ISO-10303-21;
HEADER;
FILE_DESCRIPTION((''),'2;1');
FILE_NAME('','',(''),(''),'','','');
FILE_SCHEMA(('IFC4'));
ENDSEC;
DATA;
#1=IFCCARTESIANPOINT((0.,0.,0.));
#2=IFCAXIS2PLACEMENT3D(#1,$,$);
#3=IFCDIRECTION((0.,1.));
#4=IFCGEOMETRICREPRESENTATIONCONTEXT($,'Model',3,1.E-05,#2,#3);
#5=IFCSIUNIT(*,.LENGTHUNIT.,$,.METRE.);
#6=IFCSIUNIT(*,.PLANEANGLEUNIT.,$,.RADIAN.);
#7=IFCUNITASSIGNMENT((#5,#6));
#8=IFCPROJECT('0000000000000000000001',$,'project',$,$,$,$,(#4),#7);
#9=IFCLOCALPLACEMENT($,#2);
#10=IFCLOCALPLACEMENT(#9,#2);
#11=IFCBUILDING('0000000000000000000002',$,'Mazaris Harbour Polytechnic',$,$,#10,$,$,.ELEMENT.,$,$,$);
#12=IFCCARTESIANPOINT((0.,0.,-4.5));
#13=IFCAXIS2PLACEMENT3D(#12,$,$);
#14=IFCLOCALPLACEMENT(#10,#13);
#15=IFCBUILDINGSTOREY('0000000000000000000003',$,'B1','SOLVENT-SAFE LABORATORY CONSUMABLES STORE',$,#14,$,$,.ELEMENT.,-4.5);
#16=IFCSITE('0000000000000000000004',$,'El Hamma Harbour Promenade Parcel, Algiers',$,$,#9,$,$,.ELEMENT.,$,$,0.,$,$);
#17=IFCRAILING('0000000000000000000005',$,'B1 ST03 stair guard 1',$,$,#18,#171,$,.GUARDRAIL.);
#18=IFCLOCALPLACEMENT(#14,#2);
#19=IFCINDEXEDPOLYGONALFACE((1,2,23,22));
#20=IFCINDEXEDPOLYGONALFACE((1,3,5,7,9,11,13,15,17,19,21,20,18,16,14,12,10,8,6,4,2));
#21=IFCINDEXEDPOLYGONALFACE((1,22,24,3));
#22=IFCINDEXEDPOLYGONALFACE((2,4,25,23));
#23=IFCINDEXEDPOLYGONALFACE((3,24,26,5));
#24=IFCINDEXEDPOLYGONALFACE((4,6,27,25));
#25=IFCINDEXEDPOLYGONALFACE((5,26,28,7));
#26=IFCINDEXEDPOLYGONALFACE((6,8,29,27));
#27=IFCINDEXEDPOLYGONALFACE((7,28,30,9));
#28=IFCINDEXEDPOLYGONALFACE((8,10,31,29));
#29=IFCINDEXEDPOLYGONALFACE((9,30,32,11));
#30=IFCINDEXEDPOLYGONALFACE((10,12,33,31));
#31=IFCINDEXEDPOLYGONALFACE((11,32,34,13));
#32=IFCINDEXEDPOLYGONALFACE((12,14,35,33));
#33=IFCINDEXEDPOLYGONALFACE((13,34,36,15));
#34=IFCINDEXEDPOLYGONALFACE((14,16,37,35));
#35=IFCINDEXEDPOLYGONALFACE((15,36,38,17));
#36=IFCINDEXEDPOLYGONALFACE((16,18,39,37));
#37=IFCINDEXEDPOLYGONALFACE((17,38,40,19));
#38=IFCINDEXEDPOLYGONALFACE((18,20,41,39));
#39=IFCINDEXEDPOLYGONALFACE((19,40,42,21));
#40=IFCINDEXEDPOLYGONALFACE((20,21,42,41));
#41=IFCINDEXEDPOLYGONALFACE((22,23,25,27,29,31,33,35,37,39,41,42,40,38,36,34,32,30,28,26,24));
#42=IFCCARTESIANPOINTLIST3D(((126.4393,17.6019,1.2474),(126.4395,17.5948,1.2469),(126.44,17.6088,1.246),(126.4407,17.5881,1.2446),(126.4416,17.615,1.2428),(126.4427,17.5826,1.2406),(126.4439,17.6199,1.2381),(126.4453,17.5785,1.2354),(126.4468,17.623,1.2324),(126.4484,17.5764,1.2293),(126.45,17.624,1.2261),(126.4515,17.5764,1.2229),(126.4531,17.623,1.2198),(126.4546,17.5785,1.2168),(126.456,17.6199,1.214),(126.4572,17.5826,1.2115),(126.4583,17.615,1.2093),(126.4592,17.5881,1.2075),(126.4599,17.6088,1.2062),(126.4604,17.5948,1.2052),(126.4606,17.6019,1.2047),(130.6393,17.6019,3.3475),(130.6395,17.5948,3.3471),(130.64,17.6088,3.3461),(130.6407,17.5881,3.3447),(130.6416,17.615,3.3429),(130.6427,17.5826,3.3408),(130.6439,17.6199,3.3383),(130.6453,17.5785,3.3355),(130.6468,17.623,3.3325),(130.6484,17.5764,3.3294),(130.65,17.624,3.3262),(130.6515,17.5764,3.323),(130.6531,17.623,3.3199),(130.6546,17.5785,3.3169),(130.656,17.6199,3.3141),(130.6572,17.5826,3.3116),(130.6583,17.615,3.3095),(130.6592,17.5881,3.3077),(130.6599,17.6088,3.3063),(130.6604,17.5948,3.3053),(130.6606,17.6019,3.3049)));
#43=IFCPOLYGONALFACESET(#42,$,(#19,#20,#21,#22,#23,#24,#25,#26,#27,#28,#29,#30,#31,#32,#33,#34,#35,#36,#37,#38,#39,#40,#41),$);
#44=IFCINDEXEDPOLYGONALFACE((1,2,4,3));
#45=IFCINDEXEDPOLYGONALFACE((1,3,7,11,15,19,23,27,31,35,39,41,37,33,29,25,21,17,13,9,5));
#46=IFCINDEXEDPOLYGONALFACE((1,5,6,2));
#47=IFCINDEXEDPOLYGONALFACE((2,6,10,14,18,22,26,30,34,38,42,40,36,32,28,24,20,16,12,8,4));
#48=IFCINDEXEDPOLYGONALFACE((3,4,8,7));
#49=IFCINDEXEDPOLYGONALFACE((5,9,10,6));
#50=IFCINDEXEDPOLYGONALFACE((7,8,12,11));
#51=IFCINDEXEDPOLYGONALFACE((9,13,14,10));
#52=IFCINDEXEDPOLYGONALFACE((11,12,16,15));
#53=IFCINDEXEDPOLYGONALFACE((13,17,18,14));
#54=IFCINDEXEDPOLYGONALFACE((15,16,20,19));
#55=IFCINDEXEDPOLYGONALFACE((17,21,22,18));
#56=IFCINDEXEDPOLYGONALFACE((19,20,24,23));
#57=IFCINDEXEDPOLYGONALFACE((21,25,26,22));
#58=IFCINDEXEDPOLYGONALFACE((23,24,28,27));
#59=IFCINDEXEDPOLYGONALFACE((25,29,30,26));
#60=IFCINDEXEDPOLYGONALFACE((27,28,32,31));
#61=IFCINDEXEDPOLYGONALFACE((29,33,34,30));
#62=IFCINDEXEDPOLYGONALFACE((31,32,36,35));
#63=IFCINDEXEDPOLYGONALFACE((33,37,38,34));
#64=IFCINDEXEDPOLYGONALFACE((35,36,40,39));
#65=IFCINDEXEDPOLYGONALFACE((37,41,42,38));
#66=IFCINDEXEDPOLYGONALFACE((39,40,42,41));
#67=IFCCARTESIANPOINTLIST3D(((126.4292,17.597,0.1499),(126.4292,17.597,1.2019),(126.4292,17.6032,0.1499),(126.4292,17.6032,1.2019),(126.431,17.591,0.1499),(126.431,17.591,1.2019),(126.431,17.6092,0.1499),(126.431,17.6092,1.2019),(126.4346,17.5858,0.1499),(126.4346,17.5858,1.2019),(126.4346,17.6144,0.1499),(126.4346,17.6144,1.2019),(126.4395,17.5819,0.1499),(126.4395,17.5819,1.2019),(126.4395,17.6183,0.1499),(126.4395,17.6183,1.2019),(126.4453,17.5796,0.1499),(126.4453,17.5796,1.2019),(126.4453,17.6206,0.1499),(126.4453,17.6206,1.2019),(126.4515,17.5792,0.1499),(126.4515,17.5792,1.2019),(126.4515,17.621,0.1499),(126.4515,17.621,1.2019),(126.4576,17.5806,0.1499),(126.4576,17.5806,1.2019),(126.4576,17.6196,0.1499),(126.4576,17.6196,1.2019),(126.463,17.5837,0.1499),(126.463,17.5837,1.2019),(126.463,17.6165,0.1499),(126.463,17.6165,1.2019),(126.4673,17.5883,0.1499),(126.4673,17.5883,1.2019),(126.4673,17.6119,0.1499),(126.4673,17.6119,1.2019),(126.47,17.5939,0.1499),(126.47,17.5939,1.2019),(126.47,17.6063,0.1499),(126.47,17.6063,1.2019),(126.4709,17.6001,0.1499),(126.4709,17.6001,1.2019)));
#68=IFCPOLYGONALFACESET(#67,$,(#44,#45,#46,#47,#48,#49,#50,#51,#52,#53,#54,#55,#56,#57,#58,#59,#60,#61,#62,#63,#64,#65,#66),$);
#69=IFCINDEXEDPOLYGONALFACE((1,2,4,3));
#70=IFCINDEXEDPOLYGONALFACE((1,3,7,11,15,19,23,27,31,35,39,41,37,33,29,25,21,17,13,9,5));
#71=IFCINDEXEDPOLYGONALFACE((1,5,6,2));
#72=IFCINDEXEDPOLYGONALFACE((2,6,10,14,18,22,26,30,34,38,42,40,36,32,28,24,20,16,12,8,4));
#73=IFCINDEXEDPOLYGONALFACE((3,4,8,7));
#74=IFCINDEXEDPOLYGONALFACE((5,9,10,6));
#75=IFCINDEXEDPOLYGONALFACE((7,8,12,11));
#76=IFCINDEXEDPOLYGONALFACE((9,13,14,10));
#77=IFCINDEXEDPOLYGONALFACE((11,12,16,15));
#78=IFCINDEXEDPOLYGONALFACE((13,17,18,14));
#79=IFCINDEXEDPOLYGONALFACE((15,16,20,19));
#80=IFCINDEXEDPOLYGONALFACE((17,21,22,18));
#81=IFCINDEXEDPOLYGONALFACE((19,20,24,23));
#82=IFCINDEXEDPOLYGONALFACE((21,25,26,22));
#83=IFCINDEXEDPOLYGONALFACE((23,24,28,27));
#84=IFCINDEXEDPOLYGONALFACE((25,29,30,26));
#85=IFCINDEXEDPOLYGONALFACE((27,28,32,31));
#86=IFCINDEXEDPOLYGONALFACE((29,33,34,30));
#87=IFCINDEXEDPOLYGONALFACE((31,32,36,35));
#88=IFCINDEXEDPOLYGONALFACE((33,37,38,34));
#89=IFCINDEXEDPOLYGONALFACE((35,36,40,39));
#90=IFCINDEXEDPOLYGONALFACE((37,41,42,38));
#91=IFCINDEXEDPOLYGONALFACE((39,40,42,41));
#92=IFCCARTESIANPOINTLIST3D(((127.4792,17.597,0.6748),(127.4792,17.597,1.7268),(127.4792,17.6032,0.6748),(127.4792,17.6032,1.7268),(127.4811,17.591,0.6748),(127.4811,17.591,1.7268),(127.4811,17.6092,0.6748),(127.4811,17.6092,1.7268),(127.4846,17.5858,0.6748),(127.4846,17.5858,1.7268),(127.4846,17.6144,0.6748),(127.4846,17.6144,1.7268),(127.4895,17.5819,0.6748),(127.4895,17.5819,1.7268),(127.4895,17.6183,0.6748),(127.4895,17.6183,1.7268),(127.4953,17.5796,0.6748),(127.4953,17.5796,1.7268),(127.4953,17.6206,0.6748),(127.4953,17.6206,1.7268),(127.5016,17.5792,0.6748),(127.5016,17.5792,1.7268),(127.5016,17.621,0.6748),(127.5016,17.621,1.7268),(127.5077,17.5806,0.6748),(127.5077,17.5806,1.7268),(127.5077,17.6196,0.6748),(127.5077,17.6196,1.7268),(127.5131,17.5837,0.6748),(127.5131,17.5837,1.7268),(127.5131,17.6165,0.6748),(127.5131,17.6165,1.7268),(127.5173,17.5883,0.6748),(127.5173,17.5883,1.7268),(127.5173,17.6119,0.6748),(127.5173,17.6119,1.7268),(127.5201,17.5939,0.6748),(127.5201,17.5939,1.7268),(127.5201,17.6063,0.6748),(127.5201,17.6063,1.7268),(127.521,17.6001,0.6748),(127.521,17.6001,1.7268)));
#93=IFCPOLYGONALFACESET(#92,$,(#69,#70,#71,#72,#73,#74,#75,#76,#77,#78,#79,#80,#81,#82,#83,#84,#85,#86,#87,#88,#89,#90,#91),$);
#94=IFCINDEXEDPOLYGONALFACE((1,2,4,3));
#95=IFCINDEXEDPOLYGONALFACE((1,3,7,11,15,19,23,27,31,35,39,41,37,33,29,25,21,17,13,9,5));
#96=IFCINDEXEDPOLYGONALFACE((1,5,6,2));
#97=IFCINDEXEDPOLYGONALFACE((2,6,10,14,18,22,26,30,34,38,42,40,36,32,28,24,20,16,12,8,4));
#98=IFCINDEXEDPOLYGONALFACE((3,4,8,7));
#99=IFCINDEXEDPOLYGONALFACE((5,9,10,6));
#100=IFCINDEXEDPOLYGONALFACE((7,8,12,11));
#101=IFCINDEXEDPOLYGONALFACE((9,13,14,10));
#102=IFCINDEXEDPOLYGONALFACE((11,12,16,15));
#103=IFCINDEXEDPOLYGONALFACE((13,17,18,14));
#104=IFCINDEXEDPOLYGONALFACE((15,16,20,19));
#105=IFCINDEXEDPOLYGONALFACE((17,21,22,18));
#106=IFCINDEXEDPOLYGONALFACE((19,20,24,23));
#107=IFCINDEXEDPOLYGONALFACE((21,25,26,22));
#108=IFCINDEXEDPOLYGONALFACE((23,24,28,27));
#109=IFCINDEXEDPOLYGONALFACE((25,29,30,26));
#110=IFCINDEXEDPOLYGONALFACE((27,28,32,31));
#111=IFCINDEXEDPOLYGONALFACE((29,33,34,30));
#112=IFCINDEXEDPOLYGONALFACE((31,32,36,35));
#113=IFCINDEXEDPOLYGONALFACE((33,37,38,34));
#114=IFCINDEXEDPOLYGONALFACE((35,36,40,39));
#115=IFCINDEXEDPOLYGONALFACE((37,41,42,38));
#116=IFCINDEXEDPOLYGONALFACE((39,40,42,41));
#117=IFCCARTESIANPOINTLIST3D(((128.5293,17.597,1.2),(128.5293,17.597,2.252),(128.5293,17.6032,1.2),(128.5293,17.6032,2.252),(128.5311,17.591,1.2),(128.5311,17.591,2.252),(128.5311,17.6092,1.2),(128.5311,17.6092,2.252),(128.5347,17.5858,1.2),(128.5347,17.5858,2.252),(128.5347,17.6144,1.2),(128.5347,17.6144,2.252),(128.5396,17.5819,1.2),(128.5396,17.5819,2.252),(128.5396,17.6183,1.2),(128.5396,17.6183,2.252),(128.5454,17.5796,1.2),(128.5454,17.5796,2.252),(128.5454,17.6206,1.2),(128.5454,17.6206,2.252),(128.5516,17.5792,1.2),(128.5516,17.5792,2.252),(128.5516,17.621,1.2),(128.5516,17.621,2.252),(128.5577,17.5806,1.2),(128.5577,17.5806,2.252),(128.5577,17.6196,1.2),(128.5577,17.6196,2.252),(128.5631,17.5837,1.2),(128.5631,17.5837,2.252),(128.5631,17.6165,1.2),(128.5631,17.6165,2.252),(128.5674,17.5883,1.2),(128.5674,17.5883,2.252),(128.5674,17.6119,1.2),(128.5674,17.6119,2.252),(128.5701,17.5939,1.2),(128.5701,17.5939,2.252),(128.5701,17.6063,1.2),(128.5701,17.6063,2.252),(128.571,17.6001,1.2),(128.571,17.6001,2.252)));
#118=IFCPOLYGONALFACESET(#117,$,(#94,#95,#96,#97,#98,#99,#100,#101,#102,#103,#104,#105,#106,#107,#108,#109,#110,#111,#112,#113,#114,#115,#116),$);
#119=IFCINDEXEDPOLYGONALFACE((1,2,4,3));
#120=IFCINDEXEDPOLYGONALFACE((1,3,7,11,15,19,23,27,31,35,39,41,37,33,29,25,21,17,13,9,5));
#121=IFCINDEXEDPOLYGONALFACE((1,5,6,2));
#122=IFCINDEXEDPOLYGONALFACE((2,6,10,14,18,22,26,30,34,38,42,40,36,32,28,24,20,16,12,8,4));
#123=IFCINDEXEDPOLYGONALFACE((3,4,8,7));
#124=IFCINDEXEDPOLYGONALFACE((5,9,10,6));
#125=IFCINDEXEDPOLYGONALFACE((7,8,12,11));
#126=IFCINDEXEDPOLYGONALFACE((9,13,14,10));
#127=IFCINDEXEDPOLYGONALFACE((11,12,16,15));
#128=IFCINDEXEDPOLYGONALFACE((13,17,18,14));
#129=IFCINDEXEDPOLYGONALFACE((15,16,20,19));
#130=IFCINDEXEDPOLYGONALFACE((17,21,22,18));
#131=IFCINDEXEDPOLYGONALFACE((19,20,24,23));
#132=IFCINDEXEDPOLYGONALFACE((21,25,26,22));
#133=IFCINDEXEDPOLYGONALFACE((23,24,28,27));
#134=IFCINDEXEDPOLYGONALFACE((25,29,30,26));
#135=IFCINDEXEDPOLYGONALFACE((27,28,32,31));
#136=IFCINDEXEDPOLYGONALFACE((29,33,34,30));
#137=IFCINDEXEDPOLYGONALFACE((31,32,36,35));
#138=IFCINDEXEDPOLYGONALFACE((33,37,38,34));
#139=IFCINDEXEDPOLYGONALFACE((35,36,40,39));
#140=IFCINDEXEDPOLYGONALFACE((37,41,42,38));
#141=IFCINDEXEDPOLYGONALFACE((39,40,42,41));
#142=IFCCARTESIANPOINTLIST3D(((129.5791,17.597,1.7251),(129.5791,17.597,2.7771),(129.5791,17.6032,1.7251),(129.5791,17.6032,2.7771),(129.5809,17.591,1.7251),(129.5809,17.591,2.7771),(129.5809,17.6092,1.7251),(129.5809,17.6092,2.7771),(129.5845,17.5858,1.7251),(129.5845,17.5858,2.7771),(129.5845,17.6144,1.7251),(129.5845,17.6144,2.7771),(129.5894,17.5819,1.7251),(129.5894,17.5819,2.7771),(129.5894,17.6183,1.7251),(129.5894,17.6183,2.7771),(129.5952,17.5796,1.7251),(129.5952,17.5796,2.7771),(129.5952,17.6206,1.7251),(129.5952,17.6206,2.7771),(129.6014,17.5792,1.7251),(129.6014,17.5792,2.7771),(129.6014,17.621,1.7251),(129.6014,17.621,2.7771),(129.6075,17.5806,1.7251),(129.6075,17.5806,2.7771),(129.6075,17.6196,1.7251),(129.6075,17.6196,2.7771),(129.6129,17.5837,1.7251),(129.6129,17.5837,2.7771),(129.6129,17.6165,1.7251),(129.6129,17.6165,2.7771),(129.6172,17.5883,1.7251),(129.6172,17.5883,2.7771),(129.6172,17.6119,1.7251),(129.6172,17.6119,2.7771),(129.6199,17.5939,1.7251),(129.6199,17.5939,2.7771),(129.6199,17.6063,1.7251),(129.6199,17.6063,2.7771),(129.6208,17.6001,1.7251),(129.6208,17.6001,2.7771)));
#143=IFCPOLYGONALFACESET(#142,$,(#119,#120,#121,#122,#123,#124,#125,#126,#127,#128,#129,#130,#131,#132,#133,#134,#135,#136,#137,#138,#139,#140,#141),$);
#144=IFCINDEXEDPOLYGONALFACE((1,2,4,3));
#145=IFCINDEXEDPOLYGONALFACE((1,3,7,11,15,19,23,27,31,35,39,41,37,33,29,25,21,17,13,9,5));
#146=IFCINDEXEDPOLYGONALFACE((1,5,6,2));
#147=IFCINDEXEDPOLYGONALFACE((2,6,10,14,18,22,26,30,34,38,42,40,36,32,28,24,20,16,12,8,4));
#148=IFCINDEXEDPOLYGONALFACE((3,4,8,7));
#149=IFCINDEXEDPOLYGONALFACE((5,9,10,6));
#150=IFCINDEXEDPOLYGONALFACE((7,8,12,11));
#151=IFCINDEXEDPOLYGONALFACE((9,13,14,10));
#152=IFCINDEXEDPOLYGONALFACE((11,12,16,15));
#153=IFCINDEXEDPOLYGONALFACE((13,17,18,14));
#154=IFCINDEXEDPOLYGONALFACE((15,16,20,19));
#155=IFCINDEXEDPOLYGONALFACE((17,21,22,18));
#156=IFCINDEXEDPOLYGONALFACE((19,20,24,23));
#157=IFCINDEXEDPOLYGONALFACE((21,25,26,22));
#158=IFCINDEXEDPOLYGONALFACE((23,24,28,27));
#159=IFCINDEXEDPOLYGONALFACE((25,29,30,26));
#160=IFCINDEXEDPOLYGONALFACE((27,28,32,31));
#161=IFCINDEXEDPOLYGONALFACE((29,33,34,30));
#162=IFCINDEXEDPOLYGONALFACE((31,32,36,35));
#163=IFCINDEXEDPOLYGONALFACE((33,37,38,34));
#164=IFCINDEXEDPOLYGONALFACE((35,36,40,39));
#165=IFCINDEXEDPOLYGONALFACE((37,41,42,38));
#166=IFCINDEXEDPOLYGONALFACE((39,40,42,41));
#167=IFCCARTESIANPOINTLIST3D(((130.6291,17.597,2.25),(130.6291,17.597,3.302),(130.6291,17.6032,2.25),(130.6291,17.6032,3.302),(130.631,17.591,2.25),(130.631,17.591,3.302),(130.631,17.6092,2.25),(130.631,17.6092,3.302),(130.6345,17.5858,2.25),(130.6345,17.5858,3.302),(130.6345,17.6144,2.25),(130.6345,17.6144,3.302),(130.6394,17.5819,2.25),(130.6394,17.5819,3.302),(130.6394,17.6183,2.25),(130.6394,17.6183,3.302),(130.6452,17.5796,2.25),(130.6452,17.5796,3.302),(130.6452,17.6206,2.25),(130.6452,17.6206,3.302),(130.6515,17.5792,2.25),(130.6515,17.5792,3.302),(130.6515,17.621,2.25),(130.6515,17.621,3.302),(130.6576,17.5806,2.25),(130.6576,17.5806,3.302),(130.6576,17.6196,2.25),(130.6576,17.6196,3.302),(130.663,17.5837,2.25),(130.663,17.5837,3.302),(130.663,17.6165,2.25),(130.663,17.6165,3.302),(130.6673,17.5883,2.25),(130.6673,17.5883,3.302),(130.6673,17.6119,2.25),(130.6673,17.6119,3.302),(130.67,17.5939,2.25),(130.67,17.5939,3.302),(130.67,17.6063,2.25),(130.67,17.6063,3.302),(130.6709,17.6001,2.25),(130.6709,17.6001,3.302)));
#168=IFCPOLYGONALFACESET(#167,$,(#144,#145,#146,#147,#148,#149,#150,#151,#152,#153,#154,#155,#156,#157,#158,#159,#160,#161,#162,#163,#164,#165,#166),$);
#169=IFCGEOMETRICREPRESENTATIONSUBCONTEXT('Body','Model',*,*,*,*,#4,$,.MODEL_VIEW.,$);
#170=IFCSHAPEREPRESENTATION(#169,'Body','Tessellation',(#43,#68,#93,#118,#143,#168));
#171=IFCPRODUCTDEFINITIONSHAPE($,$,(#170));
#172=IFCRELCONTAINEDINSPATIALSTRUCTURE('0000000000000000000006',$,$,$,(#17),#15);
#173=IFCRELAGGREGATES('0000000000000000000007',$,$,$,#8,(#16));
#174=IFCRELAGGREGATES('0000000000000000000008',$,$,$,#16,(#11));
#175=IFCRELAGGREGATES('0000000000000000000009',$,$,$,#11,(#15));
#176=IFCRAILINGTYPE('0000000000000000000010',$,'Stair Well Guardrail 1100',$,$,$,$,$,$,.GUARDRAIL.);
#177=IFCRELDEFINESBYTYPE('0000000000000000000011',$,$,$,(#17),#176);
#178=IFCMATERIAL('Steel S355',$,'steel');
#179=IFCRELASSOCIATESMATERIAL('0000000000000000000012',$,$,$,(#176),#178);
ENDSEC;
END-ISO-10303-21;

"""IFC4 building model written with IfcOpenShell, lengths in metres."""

from ifc_helpers import new_model, si_unit, direction, frame, origin, origin_2d, place, context, subcontext, project, spatial, circle, extrude, material, type_object, element, save


model = new_model("IFC4")

# Units and contexts
model_context = context("Model", 3, precision=1e-05, world=origin(), true_north=direction((0.0, 1.0)))
body_context = subcontext(model_context, "Body", "Model", "MODEL_VIEW")
ifc_project = project(units=[si_unit("LENGTHUNIT", "METRE"), si_unit("PLANEANGLEUNIT", "RADIAN")], contexts=[model_context])

# Site, building, storey
site_placement = place(None, origin())
site = spatial("IfcSite", under=ifc_project, at=site_placement, Name="El Hamma Harbour Promenade Parcel, Algiers", CompositionType="ELEMENT", RefElevation=0.0)
building_placement = place(site_placement, origin())
building = spatial("IfcBuilding", under=site, at=building_placement, Name="Mazaris Harbour Polytechnic", CompositionType="ELEMENT")
storey_placement = place(building_placement, frame((0.0, 0.0, -4.5)))
storey = spatial("IfcBuildingStorey", under=building, at=storey_placement, Name="B1", Description="SOLVENT-SAFE LABORATORY CONSUMABLES STORE", CompositionType="ELEMENT", Elevation=-4.5)

# Railing
ifc_material_1 = material(Name="Steel S355", Category="steel")
railing_type_1 = type_object("IfcRailingType", Name="Stair Well Guardrail 1100", PredefinedType="GUARDRAIL", material=ifc_material_1)
railing_1_placement = place(storey_placement, frame((126.45, 17.6001, 0.1499)))
element("IfcRailing", 1, at=railing_1_placement, inside=storey, type_object=railing_type_1, Name="B1 ST03 stair guard 1", PredefinedType="GUARDRAIL", context=body_context, shape_type="SweptSolid", body=[
    extrude(circle(Radius=0.0239, at=origin_2d()), frame((0.0, 0.0, 1.0762), z_axis=(0.894417, 0.0, 0.447234), x_axis=(0.0, 1.0, 0.0)), (0.0, 0.0, 1.0), 4.6958),
    extrude(circle(Radius=0.021, at=origin_2d()), origin(), (0.0, 0.0, 1.0), 1.052),
    extrude(circle(Radius=0.021, at=origin_2d()), frame((1.05, 0.0, 0.5249)), (0.0, 0.0, 1.0), 1.052),
    extrude(circle(Radius=0.021, at=origin_2d()), frame((2.1001, 0.0, 1.05)), (0.0, 0.0, 1.0), 1.052),
    extrude(circle(Radius=0.021, at=origin_2d()), frame((3.1499, 0.0, 1.5752)), (0.0, 0.0, 1.0), 1.052),
    extrude(circle(Radius=0.021, at=origin_2d()), frame((4.2, 0.0, 2.1001)), (0.0, 0.0, 1.0), 1.052),
])

save(model, "model.ifc")
